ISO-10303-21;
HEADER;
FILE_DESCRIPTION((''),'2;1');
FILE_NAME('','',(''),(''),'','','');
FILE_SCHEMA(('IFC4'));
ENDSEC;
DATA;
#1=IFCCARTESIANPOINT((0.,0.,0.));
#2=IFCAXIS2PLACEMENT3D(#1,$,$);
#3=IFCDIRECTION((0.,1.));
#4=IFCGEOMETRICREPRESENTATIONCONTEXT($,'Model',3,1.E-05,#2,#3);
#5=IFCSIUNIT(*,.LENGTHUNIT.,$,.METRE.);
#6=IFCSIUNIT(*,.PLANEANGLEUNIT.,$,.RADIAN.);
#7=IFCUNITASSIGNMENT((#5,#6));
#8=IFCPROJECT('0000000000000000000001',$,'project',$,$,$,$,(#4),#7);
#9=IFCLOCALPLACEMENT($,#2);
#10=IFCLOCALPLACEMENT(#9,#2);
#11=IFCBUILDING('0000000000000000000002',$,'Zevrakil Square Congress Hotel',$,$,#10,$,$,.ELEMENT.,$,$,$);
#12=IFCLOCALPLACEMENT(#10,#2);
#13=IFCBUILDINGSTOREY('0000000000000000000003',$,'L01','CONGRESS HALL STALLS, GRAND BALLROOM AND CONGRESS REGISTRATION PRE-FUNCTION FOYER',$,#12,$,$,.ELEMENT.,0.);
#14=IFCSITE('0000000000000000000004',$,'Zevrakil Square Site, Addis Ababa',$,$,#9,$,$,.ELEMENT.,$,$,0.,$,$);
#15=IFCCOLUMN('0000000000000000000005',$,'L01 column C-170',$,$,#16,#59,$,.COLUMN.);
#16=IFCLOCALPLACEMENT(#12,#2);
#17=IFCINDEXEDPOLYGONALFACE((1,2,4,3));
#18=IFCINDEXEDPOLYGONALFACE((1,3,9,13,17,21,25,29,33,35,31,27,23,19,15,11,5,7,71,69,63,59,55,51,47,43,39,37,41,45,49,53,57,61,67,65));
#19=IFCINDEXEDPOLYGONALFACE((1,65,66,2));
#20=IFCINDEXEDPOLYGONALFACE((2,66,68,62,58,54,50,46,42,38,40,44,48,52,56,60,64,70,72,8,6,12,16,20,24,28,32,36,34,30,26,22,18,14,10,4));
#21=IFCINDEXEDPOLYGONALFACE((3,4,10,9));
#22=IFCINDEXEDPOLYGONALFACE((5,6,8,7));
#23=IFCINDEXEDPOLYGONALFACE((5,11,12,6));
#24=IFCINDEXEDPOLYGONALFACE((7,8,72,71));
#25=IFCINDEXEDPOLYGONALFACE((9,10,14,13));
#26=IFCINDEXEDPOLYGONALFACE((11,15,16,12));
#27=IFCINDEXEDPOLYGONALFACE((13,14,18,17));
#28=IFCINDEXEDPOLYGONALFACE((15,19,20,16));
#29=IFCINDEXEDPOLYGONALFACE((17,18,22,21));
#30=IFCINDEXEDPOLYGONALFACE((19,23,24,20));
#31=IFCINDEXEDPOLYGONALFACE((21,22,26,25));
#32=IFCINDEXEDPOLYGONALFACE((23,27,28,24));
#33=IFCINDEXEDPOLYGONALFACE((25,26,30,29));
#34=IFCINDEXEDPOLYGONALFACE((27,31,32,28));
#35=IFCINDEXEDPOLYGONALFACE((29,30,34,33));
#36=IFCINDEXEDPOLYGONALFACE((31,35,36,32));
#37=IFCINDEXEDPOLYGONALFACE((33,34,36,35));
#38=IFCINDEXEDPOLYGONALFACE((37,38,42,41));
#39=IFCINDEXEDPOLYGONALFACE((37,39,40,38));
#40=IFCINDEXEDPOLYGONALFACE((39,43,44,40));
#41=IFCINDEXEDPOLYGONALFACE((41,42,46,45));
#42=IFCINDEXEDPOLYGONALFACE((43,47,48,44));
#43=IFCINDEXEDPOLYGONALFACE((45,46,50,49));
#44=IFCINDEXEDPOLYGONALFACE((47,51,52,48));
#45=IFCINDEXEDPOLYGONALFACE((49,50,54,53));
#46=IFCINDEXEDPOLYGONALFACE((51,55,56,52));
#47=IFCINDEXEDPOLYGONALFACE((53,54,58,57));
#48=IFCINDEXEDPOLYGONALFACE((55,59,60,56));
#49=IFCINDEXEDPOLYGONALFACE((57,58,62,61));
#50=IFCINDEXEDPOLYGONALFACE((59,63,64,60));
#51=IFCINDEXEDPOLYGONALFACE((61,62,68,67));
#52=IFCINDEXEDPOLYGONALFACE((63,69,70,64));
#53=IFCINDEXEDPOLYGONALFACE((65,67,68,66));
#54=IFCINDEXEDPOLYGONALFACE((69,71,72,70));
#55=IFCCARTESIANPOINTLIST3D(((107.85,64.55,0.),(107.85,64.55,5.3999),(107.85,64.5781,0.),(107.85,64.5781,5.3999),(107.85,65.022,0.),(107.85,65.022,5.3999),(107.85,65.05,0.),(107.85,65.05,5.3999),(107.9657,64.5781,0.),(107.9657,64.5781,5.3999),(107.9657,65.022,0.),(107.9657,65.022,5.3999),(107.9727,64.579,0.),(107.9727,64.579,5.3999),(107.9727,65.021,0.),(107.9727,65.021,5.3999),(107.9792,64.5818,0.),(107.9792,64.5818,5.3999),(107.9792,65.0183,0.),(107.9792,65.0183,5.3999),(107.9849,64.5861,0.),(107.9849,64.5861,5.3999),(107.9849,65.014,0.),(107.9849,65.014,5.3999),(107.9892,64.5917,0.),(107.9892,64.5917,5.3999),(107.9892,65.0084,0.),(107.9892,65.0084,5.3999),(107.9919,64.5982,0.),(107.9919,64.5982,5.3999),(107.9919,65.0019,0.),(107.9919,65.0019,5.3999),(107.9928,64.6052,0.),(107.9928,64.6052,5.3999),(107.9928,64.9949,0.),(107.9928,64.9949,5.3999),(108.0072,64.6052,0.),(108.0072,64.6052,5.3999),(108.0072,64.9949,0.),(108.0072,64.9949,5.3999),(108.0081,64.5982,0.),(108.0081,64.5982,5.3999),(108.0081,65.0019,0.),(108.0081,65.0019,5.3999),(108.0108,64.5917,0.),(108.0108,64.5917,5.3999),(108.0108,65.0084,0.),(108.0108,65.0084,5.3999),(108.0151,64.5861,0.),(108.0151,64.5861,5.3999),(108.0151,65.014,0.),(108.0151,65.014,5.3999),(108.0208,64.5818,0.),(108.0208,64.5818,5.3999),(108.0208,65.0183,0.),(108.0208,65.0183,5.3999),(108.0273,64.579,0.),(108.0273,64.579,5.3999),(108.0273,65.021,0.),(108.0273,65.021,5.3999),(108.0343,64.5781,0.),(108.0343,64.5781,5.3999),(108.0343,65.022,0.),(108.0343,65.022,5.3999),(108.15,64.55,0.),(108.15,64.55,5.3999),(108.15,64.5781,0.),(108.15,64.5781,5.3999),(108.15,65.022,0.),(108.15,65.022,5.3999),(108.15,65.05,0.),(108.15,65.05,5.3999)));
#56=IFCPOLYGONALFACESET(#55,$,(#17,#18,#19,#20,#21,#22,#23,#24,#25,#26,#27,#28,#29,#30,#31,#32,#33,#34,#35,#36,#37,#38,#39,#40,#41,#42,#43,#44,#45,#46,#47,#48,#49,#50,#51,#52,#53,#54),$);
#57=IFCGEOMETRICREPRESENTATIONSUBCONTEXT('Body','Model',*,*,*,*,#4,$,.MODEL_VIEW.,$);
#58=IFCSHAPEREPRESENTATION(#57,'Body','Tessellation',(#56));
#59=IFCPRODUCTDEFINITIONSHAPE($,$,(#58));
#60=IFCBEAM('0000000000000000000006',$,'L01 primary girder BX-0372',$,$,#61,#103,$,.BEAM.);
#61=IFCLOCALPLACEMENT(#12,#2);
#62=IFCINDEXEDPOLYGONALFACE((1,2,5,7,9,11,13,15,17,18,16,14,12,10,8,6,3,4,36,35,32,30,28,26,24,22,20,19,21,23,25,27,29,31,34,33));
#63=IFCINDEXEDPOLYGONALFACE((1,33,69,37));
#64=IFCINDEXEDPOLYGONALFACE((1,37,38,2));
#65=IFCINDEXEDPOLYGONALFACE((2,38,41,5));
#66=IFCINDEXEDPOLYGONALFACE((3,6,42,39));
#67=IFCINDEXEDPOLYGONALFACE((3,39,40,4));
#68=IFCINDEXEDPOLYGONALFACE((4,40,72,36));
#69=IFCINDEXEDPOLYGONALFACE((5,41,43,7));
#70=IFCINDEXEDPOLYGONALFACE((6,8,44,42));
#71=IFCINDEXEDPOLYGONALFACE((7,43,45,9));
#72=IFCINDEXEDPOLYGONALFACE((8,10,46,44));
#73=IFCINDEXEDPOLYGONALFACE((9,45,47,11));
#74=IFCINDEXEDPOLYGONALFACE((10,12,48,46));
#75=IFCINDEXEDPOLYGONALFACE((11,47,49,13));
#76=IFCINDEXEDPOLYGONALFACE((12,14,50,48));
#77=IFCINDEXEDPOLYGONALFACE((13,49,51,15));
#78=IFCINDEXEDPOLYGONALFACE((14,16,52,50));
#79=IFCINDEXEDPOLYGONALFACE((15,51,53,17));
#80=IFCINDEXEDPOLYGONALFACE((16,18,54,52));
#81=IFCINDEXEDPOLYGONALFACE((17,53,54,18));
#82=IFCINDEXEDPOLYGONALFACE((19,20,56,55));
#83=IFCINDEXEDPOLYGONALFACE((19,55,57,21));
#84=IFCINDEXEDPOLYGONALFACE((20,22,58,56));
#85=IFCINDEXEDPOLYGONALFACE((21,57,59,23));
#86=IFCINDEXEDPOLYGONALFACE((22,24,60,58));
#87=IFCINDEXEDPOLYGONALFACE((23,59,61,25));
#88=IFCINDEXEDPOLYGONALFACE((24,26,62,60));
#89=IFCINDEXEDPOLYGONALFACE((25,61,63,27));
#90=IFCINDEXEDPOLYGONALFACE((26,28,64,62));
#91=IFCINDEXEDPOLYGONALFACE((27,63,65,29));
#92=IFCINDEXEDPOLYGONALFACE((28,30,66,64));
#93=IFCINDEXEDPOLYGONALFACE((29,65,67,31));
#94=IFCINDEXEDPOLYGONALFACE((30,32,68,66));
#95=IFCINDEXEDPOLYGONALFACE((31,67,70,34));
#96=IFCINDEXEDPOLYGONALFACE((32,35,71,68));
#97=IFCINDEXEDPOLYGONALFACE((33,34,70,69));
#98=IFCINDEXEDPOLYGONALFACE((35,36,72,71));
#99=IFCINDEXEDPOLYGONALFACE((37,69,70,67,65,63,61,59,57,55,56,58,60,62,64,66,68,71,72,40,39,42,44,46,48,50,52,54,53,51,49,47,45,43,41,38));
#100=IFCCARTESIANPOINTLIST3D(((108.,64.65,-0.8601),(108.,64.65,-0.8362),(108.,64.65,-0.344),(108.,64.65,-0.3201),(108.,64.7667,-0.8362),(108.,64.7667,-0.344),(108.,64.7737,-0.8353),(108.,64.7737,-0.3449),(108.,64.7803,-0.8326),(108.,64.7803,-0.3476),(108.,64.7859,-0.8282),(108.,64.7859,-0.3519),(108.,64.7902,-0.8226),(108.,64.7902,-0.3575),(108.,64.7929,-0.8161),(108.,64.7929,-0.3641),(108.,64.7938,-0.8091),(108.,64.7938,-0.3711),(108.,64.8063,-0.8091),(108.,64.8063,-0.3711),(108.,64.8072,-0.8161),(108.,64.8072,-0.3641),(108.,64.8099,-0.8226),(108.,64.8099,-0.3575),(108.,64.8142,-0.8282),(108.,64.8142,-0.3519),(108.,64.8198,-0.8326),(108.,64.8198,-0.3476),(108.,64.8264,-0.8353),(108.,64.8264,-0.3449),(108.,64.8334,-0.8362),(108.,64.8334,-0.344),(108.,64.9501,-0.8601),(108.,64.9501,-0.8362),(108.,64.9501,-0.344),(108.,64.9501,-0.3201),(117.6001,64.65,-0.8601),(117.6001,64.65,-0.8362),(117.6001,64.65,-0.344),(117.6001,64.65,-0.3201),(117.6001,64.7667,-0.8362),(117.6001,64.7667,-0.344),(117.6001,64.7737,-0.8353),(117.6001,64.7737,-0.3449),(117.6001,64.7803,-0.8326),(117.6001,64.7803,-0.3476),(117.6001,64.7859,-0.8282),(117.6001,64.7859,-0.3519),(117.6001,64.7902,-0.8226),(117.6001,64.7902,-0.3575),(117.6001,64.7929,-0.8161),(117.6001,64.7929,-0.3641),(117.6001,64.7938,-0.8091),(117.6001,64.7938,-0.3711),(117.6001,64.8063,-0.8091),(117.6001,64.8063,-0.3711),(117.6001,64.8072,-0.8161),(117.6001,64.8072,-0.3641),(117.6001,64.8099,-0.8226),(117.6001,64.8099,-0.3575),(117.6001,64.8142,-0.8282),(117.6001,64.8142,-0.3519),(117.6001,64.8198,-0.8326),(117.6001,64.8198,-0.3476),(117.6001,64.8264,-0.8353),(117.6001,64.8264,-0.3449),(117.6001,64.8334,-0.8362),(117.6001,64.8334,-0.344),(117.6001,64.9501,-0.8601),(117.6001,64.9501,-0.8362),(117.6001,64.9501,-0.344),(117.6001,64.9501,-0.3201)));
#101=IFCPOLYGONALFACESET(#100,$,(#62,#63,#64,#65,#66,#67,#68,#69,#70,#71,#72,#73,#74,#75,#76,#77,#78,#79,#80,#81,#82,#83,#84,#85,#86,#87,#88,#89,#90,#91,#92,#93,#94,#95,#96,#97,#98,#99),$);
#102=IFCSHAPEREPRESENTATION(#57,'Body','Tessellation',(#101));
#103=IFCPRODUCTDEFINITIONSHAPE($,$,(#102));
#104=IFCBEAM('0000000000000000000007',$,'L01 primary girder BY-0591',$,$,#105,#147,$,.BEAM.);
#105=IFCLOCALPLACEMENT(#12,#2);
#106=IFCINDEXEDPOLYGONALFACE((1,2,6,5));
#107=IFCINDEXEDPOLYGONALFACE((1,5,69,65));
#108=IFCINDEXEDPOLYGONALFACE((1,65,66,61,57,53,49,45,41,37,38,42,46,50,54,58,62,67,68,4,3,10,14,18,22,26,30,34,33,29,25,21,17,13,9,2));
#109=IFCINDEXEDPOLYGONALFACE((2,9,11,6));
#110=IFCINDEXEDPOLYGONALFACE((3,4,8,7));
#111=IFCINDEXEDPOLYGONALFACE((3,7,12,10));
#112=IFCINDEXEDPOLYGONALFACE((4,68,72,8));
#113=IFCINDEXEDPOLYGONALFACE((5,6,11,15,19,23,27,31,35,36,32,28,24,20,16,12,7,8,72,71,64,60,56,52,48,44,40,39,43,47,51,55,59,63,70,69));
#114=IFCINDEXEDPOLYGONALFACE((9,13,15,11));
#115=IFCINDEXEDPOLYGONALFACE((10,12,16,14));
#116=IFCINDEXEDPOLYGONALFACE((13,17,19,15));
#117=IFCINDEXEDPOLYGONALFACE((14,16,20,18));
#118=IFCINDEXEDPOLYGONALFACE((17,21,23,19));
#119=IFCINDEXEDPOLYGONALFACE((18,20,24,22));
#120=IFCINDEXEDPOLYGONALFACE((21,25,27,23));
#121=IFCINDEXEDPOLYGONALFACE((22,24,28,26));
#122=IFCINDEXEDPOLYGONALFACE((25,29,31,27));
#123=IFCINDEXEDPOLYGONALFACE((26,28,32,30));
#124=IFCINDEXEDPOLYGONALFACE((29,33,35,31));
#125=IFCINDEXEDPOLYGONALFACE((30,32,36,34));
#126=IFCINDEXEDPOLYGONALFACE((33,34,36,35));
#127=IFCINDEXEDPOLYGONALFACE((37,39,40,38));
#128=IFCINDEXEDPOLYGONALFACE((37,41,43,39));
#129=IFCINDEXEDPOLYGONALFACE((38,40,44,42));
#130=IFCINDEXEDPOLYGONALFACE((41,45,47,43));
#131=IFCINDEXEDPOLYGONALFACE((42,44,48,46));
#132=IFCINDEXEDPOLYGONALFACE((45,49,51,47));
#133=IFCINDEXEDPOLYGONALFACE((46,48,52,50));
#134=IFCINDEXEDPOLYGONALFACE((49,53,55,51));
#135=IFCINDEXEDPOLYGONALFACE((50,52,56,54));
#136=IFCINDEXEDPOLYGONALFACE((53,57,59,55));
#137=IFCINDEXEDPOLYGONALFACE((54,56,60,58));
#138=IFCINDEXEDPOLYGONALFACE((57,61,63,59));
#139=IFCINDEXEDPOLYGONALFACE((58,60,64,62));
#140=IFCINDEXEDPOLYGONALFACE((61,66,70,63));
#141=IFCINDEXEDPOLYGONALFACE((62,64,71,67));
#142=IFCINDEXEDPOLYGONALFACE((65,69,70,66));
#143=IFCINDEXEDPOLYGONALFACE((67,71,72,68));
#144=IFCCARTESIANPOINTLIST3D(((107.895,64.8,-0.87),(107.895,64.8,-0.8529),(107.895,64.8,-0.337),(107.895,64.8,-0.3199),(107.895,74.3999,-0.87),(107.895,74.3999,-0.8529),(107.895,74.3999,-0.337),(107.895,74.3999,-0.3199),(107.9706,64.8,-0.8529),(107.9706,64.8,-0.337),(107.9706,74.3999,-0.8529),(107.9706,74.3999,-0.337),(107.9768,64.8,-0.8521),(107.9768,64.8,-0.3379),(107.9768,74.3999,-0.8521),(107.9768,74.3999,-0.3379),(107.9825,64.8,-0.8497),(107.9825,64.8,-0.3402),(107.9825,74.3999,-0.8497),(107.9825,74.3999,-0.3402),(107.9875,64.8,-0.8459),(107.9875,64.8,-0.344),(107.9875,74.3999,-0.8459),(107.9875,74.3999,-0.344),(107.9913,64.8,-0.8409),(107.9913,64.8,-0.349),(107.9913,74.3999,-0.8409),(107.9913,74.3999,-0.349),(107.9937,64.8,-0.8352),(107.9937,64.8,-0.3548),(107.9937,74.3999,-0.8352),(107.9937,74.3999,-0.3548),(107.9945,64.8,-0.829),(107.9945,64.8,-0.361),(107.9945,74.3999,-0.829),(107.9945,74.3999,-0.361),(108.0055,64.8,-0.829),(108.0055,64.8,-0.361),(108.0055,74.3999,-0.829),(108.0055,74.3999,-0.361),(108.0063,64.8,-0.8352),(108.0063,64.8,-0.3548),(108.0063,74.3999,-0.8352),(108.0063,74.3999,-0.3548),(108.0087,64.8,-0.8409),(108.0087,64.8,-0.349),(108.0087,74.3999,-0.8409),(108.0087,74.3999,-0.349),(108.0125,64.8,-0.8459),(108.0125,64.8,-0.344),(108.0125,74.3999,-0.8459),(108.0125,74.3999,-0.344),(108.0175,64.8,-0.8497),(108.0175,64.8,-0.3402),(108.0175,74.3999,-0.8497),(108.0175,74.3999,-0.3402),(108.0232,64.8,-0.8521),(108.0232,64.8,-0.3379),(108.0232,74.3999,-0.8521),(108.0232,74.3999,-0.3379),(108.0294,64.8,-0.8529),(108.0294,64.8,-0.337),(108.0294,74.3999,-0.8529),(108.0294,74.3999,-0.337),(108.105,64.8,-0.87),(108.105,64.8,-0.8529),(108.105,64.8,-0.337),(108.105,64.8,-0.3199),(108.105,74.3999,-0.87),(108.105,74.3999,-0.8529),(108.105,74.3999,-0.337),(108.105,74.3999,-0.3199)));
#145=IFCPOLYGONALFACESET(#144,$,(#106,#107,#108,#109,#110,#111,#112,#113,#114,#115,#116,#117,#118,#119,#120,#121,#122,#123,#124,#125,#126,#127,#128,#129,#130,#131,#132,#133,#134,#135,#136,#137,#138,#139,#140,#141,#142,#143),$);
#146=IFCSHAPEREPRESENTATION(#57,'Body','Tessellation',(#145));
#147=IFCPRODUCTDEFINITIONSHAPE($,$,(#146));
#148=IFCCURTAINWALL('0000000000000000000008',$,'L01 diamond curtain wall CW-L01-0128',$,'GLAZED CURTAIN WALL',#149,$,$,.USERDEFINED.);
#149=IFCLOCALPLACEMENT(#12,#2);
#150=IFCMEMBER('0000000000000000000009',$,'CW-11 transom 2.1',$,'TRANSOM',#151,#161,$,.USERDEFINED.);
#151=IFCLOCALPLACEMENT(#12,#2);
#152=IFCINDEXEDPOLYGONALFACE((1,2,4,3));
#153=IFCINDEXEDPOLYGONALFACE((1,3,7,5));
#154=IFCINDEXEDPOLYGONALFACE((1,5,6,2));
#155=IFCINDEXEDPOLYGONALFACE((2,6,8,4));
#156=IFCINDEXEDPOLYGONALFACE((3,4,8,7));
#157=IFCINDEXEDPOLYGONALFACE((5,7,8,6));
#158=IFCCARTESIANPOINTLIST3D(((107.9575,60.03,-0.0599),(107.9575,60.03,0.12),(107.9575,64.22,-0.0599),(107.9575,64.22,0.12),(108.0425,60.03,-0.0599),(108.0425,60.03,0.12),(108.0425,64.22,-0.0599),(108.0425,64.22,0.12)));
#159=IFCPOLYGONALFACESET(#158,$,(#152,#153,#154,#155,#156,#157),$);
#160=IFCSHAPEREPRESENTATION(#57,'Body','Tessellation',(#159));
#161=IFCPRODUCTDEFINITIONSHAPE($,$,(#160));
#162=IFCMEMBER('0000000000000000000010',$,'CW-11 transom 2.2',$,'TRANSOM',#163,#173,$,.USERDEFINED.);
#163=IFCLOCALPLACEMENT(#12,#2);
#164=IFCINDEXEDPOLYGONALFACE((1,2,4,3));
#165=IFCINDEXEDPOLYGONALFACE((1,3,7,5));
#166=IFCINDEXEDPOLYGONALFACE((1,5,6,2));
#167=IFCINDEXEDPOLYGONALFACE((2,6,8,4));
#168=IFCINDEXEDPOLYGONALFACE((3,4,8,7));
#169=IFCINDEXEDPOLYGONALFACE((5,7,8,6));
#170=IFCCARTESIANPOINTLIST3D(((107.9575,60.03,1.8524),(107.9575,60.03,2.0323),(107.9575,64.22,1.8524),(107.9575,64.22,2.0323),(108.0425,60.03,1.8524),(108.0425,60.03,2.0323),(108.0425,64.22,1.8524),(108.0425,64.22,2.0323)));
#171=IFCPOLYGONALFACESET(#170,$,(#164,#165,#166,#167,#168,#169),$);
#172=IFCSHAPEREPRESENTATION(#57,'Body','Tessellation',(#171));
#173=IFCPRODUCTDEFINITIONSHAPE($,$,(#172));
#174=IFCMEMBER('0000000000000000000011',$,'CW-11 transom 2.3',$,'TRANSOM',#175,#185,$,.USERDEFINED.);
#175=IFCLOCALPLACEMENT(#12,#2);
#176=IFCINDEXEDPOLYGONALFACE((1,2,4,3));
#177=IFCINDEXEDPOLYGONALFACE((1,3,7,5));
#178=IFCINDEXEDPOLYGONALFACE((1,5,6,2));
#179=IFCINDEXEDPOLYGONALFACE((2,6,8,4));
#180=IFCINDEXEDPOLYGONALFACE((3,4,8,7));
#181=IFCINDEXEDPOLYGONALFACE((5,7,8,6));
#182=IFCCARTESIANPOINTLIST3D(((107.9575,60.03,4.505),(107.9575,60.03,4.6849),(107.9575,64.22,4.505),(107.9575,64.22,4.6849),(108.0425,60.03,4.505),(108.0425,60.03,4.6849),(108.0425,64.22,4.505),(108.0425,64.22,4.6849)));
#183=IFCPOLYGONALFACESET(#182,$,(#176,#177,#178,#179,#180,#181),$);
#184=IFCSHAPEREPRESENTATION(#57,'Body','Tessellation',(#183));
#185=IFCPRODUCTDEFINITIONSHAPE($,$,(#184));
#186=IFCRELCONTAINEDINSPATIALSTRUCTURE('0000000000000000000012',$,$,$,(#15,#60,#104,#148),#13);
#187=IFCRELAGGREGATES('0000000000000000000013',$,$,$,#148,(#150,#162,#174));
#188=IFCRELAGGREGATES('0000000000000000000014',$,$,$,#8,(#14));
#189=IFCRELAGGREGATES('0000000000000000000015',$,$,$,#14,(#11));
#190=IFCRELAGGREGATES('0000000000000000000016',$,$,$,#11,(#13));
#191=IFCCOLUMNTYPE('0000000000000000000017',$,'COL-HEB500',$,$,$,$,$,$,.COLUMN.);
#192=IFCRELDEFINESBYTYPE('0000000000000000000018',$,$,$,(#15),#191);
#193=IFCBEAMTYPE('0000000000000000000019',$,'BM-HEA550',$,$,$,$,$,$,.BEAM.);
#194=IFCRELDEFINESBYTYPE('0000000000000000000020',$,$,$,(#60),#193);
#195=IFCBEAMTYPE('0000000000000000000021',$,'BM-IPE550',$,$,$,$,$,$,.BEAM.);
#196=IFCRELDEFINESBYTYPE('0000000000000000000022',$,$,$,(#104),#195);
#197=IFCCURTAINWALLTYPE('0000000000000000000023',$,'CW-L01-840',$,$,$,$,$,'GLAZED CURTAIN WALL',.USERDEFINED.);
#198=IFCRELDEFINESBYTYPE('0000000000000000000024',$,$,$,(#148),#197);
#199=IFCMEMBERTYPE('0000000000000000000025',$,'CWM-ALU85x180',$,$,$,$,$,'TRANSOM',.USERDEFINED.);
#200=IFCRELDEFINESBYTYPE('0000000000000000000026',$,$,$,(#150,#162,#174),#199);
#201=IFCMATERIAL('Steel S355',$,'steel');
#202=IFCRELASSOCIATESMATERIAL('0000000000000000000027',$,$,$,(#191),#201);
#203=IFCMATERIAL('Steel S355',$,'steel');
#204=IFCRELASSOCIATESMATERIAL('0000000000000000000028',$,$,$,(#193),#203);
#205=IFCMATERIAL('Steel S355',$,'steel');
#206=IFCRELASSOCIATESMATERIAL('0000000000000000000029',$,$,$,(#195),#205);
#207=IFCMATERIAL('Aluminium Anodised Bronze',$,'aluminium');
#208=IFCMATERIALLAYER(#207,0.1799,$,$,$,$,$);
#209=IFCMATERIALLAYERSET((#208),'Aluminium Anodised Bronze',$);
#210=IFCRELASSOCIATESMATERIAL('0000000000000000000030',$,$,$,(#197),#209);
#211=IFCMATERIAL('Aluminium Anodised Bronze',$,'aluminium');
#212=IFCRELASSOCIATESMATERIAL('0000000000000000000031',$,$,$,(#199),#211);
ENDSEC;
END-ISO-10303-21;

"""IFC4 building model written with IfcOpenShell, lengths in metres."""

from ifc_helpers import new_model, si_unit, direction, frame, origin, origin_2d, place, context, subcontext, project, spatial, rectangle, i_section, extrude, material, layer, layer_set, material_profile, profile_set, type_object, element, aggregate, save


model = new_model("IFC4")

# Units and contexts
model_context = context("Model", 3, precision=1e-05, world=origin(), true_north=direction((0.0, 1.0)))
body_context = subcontext(model_context, "Body", "Model", "MODEL_VIEW")
ifc_project = project(units=[si_unit("LENGTHUNIT", "METRE"), si_unit("PLANEANGLEUNIT", "RADIAN")], contexts=[model_context])

# Site, building, storey
site_placement = place(None, origin())
site = spatial("IfcSite", under=ifc_project, at=site_placement, Name="Zevrakil Square Site, Addis Ababa", CompositionType="ELEMENT", RefElevation=0.0)
building_placement = place(site_placement, origin())
building = spatial("IfcBuilding", under=site, at=building_placement, Name="Zevrakil Square Congress Hotel", CompositionType="ELEMENT")
storey_placement = place(building_placement, origin())
storey = spatial("IfcBuildingStorey", under=building, at=storey_placement, Name="L01", Description="CONGRESS HALL STALLS, GRAND BALLROOM AND CONGRESS REGISTRATION PRE-FUNCTION FOYER", CompositionType="ELEMENT", Elevation=0.0)

# Column
ifc_material_1 = material(Name="Steel S355", Category="steel")
ifc_material_profile_1 = material_profile(ifc_material_1, i_section(OverallWidth=0.3, OverallDepth=0.5, WebThickness=0.0144, FlangeThickness=0.0281, FilletRadius=0.0271, at=origin_2d()), Name="HEB 500")
ifc_profile_set_1 = profile_set([ifc_material_profile_1], Name="Steel S355")
column_type = type_object("IfcColumnType", Name="COL-HEB500", PredefinedType="COLUMN", material=ifc_profile_set_1)
column_placement = place(storey_placement, frame((108.0, 64.8, 0.0), z_axis=(0.0, 0.0, 1.0), x_axis=(1.0, 0.0, 0.0)))
element("IfcColumn", 1, at=column_placement, inside=storey, type_object=column_type, Name="L01 column C-170", PredefinedType="COLUMN", context=body_context, shape_type="SweptSolid", body=[
    extrude(i_section(OverallWidth=0.3, OverallDepth=0.5, WebThickness=0.0144, FlangeThickness=0.0281, FilletRadius=0.0271, at=origin_2d()), origin(), (0.0, 0.0, 1.0), 5.3999),
])

# Beams
ifc_material_2 = material(Name="Steel S355", Category="steel")
ifc_material_profile_2 = material_profile(ifc_material_2, i_section(OverallWidth=0.3, OverallDepth=0.54, WebThickness=0.0125, FlangeThickness=0.0239, FilletRadius=0.0271, at=origin_2d()), Name="HEA 550")
ifc_profile_set_2 = profile_set([ifc_material_profile_2], Name="Steel S355")
beam_type_1 = type_object("IfcBeamType", Name="BM-HEA550", PredefinedType="BEAM", material=ifc_profile_set_2)
beam_1_placement = place(storey_placement, frame((108.0, 64.8, -0.5901), z_axis=(1.0, 0.0, 0.0), x_axis=(0.0, 1.0, 0.0)))
element("IfcBeam", 2, at=beam_1_placement, inside=storey, type_object=beam_type_1, Name="L01 primary girder BX-0372", PredefinedType="BEAM", context=body_context, shape_type="SweptSolid", body=[
    extrude(i_section(OverallWidth=0.3, OverallDepth=0.54, WebThickness=0.0125, FlangeThickness=0.0239, FilletRadius=0.0271, at=origin_2d()), origin(), (0.0, 0.0, 1.0), 9.6001),
])
ifc_material_3 = material(Name="Steel S355", Category="steel")
ifc_material_profile_3 = material_profile(ifc_material_3, i_section(OverallWidth=0.21, OverallDepth=0.55, WebThickness=0.011, FlangeThickness=0.0171, FilletRadius=0.0239, at=origin_2d()), Name="IPE 550")
ifc_profile_set_3 = profile_set([ifc_material_profile_3], Name="Steel S355")
beam_type_2 = type_object("IfcBeamType", Name="BM-IPE550", PredefinedType="BEAM", material=ifc_profile_set_3)
beam_2_placement = place(storey_placement, frame((108.0, 64.8, -0.595), z_axis=(0.0, 1.0, 0.0), x_axis=(-1.0, 0.0, 0.0)))
element("IfcBeam", 3, at=beam_2_placement, inside=storey, type_object=beam_type_2, Name="L01 primary girder BY-0591", PredefinedType="BEAM", context=body_context, shape_type="SweptSolid", body=[
    extrude(i_section(OverallWidth=0.21, OverallDepth=0.55, WebThickness=0.011, FlangeThickness=0.0171, FilletRadius=0.0239, at=origin_2d()), origin(), (0.0, 0.0, 1.0), 9.5999),
])

# Curtain wall, members
ifc_material_4 = material(Name="Aluminium Anodised Bronze", Category="aluminium")
ifc_layer_1 = layer(ifc_material_4, 0.1799)
ifc_layer_set_1 = layer_set([ifc_layer_1], Name="Aluminium Anodised Bronze")
curtain_wall_type = type_object("IfcCurtainWallType", Name="CW-L01-840", ElementType="GLAZED CURTAIN WALL", PredefinedType="USERDEFINED", material=ifc_layer_set_1)
curtain_wall_1_placement = place(storey_placement, origin())
curtain_wall_1 = element("IfcCurtainWall", 4, at=curtain_wall_1_placement, inside=storey, type_object=curtain_wall_type, Name="L01 diamond curtain wall CW-L01-0128", ObjectType="GLAZED CURTAIN WALL", PredefinedType="USERDEFINED")
ifc_material_5 = material(Name="Aluminium Anodised Bronze", Category="aluminium")
ifc_material_profile_4 = material_profile(ifc_material_5, rectangle(XDim=0.085, YDim=0.1799, at=origin_2d()), Name="ALU 85x180")
ifc_profile_set_4 = profile_set([ifc_material_profile_4], Name="Aluminium Anodised Bronze")
member_type_1 = type_object("IfcMemberType", Name="CWM-ALU85x180", ElementType="TRANSOM", PredefinedType="USERDEFINED", material=ifc_profile_set_4)
member_1_placement = place(storey_placement, frame((108.0, 60.03, 0.03), z_axis=(0.0, 1.0, 0.0), x_axis=(-1.0, 0.0, 0.0)))
member_1 = element("IfcMember", 5, at=member_1_placement, type_object=member_type_1, Name="CW-11 transom 2.1", ObjectType="TRANSOM", PredefinedType="USERDEFINED", context=body_context, shape_type="SweptSolid", body=[
    extrude(rectangle(XDim=0.085, YDim=0.1799, at=origin_2d()), origin(), (0.0, 0.0, 1.0), 4.1899),
])
member_2_placement = place(storey_placement, frame((108.0, 60.03, 1.9424), z_axis=(0.0, 1.0, 0.0), x_axis=(-1.0, 0.0, 0.0)))
member_2 = element("IfcMember", 6, at=member_2_placement, type_object=member_type_1, Name="CW-11 transom 2.2", ObjectType="TRANSOM", PredefinedType="USERDEFINED", context=body_context, shape_type="SweptSolid", body=[
    extrude(rectangle(XDim=0.085, YDim=0.1799, at=origin_2d()), origin(), (0.0, 0.0, 1.0), 4.1899),
])
member_3_placement = place(storey_placement, frame((108.0, 60.03, 4.595), z_axis=(0.0, 1.0, 0.0), x_axis=(-1.0, 0.0, 0.0)))
member_3 = element("IfcMember", 7, at=member_3_placement, type_object=member_type_1, Name="CW-11 transom 2.3", ObjectType="TRANSOM", PredefinedType="USERDEFINED", context=body_context, shape_type="SweptSolid", body=[
    extrude(rectangle(XDim=0.085, YDim=0.1799, at=origin_2d()), origin(), (0.0, 0.0, 1.0), 4.1899),
])

aggregate(curtain_wall_1, [member_1, member_2, member_3])

save(model, "model.ifc")
